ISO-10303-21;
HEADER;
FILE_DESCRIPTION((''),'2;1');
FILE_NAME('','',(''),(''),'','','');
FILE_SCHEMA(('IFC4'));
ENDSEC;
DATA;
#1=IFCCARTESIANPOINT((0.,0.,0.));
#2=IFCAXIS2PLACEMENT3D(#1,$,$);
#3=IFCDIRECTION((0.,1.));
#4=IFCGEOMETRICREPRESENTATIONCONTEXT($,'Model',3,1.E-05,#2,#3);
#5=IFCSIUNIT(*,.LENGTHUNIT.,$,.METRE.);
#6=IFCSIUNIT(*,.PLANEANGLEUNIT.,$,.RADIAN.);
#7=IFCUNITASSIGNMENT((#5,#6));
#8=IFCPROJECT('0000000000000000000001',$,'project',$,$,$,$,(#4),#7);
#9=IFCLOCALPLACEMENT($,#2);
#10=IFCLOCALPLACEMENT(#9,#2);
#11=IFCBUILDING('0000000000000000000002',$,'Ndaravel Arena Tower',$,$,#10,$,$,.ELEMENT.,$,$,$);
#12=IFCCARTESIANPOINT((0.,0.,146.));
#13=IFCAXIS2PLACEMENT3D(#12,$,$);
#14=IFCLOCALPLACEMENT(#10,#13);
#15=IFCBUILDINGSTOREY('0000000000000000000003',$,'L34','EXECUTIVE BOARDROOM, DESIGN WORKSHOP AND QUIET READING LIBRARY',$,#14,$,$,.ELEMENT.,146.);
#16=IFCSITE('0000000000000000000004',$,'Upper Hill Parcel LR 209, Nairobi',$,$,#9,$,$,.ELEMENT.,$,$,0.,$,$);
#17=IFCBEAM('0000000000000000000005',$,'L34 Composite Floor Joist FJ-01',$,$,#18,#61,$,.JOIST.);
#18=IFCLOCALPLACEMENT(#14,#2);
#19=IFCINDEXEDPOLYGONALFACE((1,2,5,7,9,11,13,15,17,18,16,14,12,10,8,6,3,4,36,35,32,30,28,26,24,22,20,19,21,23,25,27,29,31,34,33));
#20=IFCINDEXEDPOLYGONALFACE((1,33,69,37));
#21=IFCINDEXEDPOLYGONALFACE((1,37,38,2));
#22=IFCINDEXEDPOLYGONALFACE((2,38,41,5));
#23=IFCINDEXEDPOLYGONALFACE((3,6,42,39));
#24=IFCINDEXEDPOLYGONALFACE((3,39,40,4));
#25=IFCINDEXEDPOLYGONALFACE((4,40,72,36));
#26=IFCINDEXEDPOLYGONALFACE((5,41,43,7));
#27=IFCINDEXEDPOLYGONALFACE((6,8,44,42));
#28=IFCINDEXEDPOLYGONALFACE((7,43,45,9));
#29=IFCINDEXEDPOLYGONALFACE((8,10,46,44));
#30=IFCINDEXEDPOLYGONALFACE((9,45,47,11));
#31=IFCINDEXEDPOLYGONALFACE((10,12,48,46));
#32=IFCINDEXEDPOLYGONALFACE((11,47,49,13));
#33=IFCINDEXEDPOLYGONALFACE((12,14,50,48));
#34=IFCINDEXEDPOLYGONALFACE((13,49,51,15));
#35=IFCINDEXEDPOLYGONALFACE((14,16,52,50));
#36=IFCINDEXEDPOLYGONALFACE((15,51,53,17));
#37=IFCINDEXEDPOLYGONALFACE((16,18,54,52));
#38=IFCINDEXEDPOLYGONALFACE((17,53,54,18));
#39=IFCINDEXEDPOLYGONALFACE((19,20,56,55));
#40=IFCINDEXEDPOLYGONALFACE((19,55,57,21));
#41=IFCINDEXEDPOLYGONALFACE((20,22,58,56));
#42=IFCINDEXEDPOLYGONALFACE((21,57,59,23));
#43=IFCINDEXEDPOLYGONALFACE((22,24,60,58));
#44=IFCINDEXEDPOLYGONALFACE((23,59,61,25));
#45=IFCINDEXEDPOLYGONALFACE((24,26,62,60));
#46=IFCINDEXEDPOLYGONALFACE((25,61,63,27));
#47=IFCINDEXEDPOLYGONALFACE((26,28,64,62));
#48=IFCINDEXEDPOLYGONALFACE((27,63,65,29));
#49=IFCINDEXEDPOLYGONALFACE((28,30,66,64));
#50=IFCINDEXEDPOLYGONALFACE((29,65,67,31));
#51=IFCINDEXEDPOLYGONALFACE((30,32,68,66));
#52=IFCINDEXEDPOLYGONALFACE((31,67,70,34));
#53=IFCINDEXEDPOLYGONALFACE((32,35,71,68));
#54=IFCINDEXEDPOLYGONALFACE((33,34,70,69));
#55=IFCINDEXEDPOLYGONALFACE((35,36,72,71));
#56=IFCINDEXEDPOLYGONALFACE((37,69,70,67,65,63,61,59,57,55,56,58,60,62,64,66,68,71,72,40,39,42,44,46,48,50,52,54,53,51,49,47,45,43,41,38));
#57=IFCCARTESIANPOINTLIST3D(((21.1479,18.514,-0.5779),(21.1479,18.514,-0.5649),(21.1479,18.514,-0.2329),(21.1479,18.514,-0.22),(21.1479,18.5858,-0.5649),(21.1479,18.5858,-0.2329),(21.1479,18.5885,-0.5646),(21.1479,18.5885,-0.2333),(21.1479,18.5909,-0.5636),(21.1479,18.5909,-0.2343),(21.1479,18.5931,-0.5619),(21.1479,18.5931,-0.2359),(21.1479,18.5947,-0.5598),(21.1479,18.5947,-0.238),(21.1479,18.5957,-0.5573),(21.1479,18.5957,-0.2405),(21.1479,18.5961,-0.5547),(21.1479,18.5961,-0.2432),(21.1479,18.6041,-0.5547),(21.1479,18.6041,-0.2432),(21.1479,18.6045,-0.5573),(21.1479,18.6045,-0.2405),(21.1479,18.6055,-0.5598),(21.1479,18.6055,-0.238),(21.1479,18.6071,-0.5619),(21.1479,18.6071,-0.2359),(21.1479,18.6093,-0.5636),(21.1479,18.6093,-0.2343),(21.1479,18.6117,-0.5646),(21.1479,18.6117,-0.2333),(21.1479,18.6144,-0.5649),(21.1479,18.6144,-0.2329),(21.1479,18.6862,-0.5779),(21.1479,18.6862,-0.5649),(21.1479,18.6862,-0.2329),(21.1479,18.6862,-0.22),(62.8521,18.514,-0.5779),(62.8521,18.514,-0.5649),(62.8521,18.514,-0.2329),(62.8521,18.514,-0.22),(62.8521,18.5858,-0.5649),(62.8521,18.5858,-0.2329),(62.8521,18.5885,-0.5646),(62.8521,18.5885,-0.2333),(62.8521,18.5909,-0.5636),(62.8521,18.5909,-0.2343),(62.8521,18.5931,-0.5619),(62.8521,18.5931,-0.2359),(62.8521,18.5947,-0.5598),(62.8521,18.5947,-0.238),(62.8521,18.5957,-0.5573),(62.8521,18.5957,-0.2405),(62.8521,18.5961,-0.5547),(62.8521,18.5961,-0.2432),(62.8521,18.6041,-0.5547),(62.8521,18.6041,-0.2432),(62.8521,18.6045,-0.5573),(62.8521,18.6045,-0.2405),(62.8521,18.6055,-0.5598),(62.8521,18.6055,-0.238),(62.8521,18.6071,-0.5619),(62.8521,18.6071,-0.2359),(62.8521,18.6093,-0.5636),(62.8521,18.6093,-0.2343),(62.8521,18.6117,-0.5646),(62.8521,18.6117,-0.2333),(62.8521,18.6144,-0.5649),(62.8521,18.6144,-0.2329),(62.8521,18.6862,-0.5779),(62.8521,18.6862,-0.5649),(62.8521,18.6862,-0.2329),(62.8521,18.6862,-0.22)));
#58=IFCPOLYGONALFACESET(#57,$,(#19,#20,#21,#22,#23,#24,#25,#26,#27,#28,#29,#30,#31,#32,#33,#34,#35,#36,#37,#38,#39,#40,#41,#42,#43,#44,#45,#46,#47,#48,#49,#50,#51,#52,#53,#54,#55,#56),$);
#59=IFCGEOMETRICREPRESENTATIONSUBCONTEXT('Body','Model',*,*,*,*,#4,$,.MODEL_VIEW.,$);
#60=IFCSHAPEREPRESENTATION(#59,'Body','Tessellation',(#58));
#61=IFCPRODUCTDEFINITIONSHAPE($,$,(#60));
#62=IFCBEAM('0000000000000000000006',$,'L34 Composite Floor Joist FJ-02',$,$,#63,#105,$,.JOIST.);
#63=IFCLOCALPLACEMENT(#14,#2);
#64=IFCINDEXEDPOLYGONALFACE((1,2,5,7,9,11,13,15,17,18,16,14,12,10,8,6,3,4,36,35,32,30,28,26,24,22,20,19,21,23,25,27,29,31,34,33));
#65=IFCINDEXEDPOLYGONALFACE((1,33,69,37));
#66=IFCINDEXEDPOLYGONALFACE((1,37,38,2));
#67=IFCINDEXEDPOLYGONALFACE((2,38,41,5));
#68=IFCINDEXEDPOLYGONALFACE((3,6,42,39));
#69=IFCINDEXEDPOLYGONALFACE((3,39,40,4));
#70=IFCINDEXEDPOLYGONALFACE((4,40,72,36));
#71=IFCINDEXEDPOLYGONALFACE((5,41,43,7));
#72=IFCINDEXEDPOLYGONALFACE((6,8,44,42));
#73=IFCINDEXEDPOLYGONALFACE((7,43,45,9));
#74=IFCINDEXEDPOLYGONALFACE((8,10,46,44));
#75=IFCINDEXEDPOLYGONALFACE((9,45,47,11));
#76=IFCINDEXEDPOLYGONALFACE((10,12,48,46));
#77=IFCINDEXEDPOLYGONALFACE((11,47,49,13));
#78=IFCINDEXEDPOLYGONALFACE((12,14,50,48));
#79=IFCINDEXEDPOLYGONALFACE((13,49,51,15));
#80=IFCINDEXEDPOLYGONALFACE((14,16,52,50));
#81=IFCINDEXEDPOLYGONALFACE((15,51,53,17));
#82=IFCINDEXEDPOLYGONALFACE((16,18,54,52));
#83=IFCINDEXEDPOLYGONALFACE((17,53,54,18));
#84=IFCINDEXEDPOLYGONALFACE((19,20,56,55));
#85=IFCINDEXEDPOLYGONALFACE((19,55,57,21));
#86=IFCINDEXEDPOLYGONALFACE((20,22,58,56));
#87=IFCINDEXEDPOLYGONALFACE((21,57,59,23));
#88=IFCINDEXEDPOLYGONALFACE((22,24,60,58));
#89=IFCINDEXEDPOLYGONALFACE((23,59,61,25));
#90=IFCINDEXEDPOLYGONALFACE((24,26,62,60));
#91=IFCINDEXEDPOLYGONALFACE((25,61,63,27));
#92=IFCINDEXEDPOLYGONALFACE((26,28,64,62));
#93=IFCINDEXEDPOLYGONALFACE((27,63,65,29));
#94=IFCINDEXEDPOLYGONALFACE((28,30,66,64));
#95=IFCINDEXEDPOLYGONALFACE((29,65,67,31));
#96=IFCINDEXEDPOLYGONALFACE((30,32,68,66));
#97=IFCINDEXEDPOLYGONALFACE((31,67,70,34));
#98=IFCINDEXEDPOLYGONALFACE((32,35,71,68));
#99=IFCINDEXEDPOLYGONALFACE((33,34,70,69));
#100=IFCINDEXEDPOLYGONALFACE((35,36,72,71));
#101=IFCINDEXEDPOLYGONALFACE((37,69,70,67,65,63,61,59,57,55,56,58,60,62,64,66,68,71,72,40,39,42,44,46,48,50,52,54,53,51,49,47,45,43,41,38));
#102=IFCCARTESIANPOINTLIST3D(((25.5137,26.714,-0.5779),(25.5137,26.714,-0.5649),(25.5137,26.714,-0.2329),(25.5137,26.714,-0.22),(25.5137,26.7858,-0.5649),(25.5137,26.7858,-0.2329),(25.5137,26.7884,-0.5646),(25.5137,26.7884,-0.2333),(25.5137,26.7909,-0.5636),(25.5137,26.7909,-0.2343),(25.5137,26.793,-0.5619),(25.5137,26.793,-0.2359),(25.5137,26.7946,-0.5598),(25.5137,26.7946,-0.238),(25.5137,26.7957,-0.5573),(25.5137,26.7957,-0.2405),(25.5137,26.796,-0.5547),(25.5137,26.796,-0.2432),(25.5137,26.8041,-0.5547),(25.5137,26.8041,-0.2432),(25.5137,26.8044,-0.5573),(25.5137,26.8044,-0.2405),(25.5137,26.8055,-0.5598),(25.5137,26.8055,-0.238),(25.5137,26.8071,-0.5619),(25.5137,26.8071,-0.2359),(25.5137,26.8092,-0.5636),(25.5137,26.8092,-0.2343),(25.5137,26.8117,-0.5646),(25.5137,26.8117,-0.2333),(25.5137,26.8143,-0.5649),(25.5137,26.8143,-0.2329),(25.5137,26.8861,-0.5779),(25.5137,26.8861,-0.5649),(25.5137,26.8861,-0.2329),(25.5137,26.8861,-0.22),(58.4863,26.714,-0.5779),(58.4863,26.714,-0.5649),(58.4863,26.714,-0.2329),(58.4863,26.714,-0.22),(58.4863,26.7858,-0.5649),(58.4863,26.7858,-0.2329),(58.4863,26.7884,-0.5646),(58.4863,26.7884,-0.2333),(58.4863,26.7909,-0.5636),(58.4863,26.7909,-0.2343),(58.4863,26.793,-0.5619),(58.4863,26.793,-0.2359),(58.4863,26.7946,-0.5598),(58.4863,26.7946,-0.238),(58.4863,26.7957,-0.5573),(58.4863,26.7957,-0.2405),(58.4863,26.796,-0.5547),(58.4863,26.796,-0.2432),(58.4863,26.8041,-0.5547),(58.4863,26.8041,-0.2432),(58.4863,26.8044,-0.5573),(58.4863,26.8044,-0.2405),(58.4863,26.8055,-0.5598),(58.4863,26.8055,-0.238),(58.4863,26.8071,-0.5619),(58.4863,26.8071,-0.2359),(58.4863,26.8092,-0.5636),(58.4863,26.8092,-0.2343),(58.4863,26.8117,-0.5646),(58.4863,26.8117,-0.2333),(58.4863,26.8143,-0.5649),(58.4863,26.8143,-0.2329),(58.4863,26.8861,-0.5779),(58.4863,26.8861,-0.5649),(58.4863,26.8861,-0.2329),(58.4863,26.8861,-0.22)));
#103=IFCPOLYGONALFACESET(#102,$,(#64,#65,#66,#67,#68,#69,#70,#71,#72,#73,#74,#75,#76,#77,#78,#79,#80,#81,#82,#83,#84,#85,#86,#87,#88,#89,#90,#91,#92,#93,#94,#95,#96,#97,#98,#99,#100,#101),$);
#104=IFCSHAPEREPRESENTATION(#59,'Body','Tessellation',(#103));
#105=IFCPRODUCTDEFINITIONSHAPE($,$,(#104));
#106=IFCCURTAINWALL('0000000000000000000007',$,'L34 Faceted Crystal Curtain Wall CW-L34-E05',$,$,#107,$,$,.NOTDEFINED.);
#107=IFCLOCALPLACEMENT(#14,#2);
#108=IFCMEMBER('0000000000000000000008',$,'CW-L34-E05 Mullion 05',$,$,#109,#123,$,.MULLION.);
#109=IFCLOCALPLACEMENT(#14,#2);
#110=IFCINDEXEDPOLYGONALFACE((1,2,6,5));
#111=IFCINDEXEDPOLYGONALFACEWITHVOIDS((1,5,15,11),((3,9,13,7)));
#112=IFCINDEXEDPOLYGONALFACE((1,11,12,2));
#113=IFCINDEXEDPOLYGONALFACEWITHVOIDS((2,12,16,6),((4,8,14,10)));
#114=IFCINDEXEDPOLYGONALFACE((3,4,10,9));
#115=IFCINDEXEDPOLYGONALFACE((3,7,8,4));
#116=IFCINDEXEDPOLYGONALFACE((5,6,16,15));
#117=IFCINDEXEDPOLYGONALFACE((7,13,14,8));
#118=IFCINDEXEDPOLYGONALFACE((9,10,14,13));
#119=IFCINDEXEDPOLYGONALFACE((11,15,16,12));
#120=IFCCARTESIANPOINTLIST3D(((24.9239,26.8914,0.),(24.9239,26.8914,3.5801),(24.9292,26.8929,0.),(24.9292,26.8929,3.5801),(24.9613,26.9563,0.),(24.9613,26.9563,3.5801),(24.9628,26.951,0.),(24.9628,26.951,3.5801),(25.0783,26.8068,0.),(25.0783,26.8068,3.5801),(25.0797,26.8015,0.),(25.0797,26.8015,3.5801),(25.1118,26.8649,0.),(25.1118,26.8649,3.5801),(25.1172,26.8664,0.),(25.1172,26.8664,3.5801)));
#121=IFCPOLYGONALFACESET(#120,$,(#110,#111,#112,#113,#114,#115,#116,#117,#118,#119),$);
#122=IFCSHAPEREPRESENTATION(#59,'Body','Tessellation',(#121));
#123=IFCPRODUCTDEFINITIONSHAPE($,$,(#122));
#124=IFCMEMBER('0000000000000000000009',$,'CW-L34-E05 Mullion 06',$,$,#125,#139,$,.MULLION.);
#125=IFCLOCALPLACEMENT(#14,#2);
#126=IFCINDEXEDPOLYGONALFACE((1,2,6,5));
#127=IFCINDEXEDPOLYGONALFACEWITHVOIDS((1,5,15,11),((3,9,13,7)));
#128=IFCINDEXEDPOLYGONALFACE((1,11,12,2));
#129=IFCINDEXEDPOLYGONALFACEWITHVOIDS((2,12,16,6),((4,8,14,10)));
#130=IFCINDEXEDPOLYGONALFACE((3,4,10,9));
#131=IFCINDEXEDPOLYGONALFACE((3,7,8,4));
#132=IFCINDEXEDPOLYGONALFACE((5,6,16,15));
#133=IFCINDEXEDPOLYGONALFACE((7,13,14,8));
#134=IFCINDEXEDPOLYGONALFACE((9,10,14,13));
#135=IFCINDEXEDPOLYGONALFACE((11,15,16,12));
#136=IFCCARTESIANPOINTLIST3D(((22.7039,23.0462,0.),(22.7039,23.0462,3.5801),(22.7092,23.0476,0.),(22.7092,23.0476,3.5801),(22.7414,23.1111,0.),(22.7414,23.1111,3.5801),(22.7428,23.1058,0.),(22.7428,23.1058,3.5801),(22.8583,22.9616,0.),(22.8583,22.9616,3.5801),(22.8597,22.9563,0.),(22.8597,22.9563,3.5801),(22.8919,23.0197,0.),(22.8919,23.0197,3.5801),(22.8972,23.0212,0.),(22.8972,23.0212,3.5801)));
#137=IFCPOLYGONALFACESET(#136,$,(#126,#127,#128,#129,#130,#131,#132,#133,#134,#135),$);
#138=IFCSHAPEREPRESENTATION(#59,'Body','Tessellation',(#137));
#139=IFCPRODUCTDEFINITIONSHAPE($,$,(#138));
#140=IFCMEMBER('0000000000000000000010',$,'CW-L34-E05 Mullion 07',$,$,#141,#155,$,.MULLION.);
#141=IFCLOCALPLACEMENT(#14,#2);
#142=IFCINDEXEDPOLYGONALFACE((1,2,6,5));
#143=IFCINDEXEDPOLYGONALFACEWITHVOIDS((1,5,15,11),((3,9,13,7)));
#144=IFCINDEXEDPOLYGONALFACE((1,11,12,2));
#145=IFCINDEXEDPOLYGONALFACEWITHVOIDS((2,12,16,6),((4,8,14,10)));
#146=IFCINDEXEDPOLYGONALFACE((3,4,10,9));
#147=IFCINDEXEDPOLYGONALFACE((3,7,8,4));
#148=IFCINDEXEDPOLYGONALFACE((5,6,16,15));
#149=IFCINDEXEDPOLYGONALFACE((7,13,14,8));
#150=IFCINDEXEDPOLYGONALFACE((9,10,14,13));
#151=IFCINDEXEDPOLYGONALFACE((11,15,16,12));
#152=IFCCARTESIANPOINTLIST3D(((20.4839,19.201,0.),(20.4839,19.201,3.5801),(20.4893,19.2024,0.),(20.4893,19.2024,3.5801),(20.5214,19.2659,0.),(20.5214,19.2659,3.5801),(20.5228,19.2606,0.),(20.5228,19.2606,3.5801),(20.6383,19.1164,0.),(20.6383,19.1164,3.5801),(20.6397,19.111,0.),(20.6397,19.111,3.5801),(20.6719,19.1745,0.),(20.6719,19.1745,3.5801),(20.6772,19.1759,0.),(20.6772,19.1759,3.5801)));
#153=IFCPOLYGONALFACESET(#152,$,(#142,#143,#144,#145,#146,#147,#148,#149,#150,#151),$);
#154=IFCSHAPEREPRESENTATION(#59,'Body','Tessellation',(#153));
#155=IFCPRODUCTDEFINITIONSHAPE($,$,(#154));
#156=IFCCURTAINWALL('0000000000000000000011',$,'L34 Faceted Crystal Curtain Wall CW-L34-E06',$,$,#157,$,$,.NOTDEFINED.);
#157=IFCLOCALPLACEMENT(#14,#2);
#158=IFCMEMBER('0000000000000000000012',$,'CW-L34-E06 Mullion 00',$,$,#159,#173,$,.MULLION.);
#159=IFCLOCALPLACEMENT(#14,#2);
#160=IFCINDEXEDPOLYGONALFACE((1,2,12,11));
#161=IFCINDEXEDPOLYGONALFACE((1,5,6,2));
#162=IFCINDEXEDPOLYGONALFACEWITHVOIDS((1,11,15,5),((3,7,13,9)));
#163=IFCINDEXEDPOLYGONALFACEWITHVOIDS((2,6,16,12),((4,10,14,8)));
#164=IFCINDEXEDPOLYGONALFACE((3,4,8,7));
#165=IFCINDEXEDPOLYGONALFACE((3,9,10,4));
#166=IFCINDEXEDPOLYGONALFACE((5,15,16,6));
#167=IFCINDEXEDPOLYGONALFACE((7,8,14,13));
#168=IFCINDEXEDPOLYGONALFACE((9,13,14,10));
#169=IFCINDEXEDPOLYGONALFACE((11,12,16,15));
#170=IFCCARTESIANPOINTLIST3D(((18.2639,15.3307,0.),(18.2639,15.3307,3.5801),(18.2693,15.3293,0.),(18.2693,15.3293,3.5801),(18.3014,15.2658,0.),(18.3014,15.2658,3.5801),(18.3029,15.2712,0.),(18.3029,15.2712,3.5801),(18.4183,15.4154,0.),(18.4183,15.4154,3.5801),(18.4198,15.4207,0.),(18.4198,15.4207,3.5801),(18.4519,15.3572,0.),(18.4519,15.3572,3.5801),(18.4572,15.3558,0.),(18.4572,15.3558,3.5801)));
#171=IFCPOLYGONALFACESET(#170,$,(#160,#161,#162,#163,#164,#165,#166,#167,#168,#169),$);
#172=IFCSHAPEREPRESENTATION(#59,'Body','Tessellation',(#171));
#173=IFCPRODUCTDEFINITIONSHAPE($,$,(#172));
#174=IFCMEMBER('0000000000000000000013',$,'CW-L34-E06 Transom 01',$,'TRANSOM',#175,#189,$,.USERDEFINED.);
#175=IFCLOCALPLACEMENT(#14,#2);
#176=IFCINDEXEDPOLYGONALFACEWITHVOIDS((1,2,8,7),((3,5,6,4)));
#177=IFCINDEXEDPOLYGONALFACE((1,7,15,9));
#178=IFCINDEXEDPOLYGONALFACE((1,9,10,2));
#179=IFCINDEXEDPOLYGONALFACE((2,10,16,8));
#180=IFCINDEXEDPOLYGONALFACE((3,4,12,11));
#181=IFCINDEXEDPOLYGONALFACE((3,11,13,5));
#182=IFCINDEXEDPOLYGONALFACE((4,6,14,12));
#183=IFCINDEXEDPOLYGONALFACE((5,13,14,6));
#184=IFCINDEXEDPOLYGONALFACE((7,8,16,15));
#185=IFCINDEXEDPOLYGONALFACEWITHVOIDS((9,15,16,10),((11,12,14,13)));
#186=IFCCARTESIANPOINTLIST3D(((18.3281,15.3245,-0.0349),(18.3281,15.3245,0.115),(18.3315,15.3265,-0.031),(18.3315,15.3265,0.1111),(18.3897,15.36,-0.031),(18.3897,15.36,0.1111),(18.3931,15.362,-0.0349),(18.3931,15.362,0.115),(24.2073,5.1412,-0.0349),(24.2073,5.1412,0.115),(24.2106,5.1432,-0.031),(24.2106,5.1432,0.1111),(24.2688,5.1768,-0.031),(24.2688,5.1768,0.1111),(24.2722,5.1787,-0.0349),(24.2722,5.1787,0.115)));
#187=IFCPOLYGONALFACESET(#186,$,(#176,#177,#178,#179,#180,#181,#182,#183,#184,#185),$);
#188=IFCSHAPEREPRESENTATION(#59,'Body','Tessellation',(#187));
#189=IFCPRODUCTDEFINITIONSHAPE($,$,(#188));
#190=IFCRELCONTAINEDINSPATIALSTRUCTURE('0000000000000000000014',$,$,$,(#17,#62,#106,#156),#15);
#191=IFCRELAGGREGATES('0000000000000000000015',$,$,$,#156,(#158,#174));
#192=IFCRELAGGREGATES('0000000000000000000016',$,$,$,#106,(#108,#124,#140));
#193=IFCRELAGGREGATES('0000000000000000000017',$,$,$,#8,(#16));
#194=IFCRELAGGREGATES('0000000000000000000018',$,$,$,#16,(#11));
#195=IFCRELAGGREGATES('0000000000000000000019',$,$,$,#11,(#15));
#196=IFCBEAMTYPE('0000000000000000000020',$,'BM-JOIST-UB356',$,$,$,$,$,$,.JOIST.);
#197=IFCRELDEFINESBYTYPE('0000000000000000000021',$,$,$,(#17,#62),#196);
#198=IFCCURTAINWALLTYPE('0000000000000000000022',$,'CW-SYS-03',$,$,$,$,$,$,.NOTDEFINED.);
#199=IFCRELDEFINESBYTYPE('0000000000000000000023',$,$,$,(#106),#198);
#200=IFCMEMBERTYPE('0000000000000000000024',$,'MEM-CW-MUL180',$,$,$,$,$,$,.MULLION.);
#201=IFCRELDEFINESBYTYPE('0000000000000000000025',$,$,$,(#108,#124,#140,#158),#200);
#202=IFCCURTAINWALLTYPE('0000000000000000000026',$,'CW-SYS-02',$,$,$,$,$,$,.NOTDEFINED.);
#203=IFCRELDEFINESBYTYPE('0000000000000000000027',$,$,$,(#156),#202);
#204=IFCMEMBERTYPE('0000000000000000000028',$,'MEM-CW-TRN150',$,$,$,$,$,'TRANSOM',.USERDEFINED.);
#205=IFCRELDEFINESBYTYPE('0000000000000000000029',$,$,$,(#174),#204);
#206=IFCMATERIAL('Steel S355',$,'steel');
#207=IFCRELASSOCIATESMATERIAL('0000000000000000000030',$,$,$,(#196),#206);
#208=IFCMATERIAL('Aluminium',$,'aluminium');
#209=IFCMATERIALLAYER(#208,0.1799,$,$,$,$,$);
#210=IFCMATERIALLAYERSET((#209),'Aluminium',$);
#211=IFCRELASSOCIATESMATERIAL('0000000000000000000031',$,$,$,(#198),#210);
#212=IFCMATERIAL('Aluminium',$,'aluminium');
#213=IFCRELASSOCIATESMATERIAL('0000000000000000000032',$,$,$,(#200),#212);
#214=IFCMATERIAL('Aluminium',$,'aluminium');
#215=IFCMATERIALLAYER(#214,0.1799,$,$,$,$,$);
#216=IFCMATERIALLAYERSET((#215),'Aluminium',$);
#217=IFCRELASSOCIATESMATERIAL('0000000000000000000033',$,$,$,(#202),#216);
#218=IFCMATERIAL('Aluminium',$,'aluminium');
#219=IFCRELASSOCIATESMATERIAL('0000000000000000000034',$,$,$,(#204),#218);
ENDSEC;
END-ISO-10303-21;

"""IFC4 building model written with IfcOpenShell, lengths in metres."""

from ifc_helpers import new_model, si_unit, direction, frame, origin, origin_2d, place, context, subcontext, project, spatial, hollow_rectangle, i_section, extrude, material, layer, layer_set, material_profile, profile_set, type_object, element, aggregate, save


model = new_model("IFC4")

# Units and contexts
model_context = context("Model", 3, precision=1e-05, world=origin(), true_north=direction((0.0, 1.0)))
body_context = subcontext(model_context, "Body", "Model", "MODEL_VIEW")
ifc_project = project(units=[si_unit("LENGTHUNIT", "METRE"), si_unit("PLANEANGLEUNIT", "RADIAN")], contexts=[model_context])

# Site, building, storey
site_placement = place(None, origin())
site = spatial("IfcSite", under=ifc_project, at=site_placement, Name="Upper Hill Parcel LR 209, Nairobi", CompositionType="ELEMENT", RefElevation=0.0)
building_placement = place(site_placement, origin())
building = spatial("IfcBuilding", under=site, at=building_placement, Name="Ndaravel Arena Tower", CompositionType="ELEMENT")
storey_placement = place(building_placement, frame((0.0, 0.0, 146.0)))
storey = spatial("IfcBuildingStorey", under=building, at=storey_placement, Name="L34", Description="EXECUTIVE BOARDROOM, DESIGN WORKSHOP AND QUIET READING LIBRARY", CompositionType="ELEMENT", Elevation=146.0)

# Beams
ifc_material_1 = material(Name="Steel S355", Category="steel")
ifc_material_profile_1 = material_profile(ifc_material_1, i_section(OverallWidth=0.1721, OverallDepth=0.3579, WebThickness=0.0081, FlangeThickness=0.0129, FilletRadius=0.0103, at=origin_2d()), Name="UB 356x171x57")
ifc_profile_set_1 = profile_set([ifc_material_profile_1], Name="Steel S355")
beam_type = type_object("IfcBeamType", Name="BM-JOIST-UB356", PredefinedType="JOIST", material=ifc_profile_set_1)
beam_1_placement = place(storey_placement, frame((21.1479, 18.6001, -0.3989), z_axis=(1.0, 0.0, 0.0), x_axis=(0.0, 1.0, 0.0)))
element("IfcBeam", 1, at=beam_1_placement, inside=storey, type_object=beam_type, Name="L34 Composite Floor Joist FJ-01", PredefinedType="JOIST", context=body_context, shape_type="SweptSolid", body=[
    extrude(i_section(OverallWidth=0.1721, OverallDepth=0.3579, WebThickness=0.0081, FlangeThickness=0.0129, FilletRadius=0.0103, at=origin_2d()), origin(), (0.0, 0.0, 1.0), 41.7041),
])
beam_2_placement = place(storey_placement, frame((25.5137, 26.8, -0.3989), z_axis=(1.0, 0.0, 0.0), x_axis=(0.0, 1.0, 0.0)))
element("IfcBeam", 2, at=beam_2_placement, inside=storey, type_object=beam_type, Name="L34 Composite Floor Joist FJ-02", PredefinedType="JOIST", context=body_context, shape_type="SweptSolid", body=[
    extrude(i_section(OverallWidth=0.1721, OverallDepth=0.3579, WebThickness=0.0081, FlangeThickness=0.0129, FilletRadius=0.0103, at=origin_2d()), origin(), (0.0, 0.0, 1.0), 32.9727),
])

# Curtain walls, members
ifc_material_2 = material(Name="Aluminium", Category="aluminium")
ifc_layer_1 = layer(ifc_material_2, 0.1799)
ifc_layer_set_1 = layer_set([ifc_layer_1], Name="Aluminium")
curtain_wall_type_1 = type_object("IfcCurtainWallType", Name="CW-SYS-03", PredefinedType="NOTDEFINED", material=ifc_layer_set_1)
curtain_wall_1_placement = place(storey_placement, origin())
curtain_wall_1 = element("IfcCurtainWall", 3, at=curtain_wall_1_placement, inside=storey, type_object=curtain_wall_type_1, Name="L34 Faceted Crystal Curtain Wall CW-L34-E05", PredefinedType="NOTDEFINED")
ifc_material_3 = material(Name="Aluminium", Category="aluminium")
ifc_material_profile_2 = material_profile(ifc_material_3, hollow_rectangle(XDim=0.075, YDim=0.1799, WallThickness=0.0039, at=origin_2d()), Name="CW MULLION 75x180x4")
ifc_profile_set_2 = profile_set([ifc_material_profile_2], Name="Aluminium")
member_type_1 = type_object("IfcMemberType", Name="MEM-CW-MUL180", PredefinedType="MULLION", material=ifc_profile_set_2)
member_1_placement = place(storey_placement, frame((25.0205, 26.8789, 0.0), z_axis=(0.0, 0.0, 1.0), x_axis=(-0.5, -0.866025, 0.0)))
member_1 = element("IfcMember", 4, at=member_1_placement, type_object=member_type_1, Name="CW-L34-E05 Mullion 05", PredefinedType="MULLION", context=body_context, shape_type="SweptSolid", body=[
    extrude(hollow_rectangle(XDim=0.075, YDim=0.1799, WallThickness=0.0039, at=origin_2d()), origin(), (0.0, 0.0, 1.0), 3.5801),
])
member_2_placement = place(storey_placement, frame((22.8005, 23.0337, 0.0), z_axis=(0.0, 0.0, 1.0), x_axis=(-0.5, -0.866025, 0.0)))
member_2 = element("IfcMember", 5, at=member_2_placement, type_object=member_type_1, Name="CW-L34-E05 Mullion 06", PredefinedType="MULLION", context=body_context, shape_type="SweptSolid", body=[
    extrude(hollow_rectangle(XDim=0.075, YDim=0.1799, WallThickness=0.0039, at=origin_2d()), origin(), (0.0, 0.0, 1.0), 3.5801),
])
member_3_placement = place(storey_placement, frame((20.5806, 19.1885, 0.0), z_axis=(0.0, 0.0, 1.0), x_axis=(-0.5, -0.866025, 0.0)))
member_3 = element("IfcMember", 6, at=member_3_placement, type_object=member_type_1, Name="CW-L34-E05 Mullion 07", PredefinedType="MULLION", context=body_context, shape_type="SweptSolid", body=[
    extrude(hollow_rectangle(XDim=0.075, YDim=0.1799, WallThickness=0.0039, at=origin_2d()), origin(), (0.0, 0.0, 1.0), 3.5801),
])
ifc_material_4 = material(Name="Aluminium", Category="aluminium")
ifc_layer_2 = layer(ifc_material_4, 0.1799)
ifc_layer_set_2 = layer_set([ifc_layer_2], Name="Aluminium")
curtain_wall_type_2 = type_object("IfcCurtainWallType", Name="CW-SYS-02", PredefinedType="NOTDEFINED", material=ifc_layer_set_2)
curtain_wall_2_placement = place(storey_placement, origin())
curtain_wall_2 = element("IfcCurtainWall", 7, at=curtain_wall_2_placement, inside=storey, type_object=curtain_wall_type_2, Name="L34 Faceted Crystal Curtain Wall CW-L34-E06", PredefinedType="NOTDEFINED")
member_4_placement = place(storey_placement, frame((18.3606, 15.3433, 0.0), z_axis=(0.0, 0.0, 1.0), x_axis=(0.5, -0.866025, 0.0)))
member_4 = element("IfcMember", 8, at=member_4_placement, type_object=member_type_1, Name="CW-L34-E06 Mullion 00", PredefinedType="MULLION", context=body_context, shape_type="SweptSolid", body=[
    extrude(hollow_rectangle(XDim=0.075, YDim=0.1799, WallThickness=0.0039, at=origin_2d()), origin(), (0.0, 0.0, 1.0), 3.5801),
])
ifc_material_5 = material(Name="Aluminium", Category="aluminium")
ifc_material_profile_3 = material_profile(ifc_material_5, hollow_rectangle(XDim=0.075, YDim=0.1499, WallThickness=0.0039, at=origin_2d()), Name="CW TRANSOM 75x150x4")
ifc_profile_set_3 = profile_set([ifc_material_profile_3], Name="Aluminium")
member_type_2 = type_object("IfcMemberType", Name="MEM-CW-TRN150", ElementType="TRANSOM", PredefinedType="USERDEFINED", material=ifc_profile_set_3)
member_5_placement = place(storey_placement, frame((18.3606, 15.3433, 0.04), z_axis=(0.499987, -0.866033, 0.0), x_axis=(0.866033, 0.499987, 0.0)))
member_5 = element("IfcMember", 9, at=member_5_placement, type_object=member_type_2, Name="CW-L34-E06 Transom 01", ObjectType="TRANSOM", PredefinedType="USERDEFINED", context=body_context, shape_type="SweptSolid", body=[
    extrude(hollow_rectangle(XDim=0.075, YDim=0.1499, WallThickness=0.0039, at=origin_2d()), origin(), (0.0, 0.0, 1.0), 11.7585),
])
aggregate(curtain_wall_2, [member_4, member_5])

aggregate(curtain_wall_1, [member_1, member_2, member_3])

save(model, "model.ifc")
